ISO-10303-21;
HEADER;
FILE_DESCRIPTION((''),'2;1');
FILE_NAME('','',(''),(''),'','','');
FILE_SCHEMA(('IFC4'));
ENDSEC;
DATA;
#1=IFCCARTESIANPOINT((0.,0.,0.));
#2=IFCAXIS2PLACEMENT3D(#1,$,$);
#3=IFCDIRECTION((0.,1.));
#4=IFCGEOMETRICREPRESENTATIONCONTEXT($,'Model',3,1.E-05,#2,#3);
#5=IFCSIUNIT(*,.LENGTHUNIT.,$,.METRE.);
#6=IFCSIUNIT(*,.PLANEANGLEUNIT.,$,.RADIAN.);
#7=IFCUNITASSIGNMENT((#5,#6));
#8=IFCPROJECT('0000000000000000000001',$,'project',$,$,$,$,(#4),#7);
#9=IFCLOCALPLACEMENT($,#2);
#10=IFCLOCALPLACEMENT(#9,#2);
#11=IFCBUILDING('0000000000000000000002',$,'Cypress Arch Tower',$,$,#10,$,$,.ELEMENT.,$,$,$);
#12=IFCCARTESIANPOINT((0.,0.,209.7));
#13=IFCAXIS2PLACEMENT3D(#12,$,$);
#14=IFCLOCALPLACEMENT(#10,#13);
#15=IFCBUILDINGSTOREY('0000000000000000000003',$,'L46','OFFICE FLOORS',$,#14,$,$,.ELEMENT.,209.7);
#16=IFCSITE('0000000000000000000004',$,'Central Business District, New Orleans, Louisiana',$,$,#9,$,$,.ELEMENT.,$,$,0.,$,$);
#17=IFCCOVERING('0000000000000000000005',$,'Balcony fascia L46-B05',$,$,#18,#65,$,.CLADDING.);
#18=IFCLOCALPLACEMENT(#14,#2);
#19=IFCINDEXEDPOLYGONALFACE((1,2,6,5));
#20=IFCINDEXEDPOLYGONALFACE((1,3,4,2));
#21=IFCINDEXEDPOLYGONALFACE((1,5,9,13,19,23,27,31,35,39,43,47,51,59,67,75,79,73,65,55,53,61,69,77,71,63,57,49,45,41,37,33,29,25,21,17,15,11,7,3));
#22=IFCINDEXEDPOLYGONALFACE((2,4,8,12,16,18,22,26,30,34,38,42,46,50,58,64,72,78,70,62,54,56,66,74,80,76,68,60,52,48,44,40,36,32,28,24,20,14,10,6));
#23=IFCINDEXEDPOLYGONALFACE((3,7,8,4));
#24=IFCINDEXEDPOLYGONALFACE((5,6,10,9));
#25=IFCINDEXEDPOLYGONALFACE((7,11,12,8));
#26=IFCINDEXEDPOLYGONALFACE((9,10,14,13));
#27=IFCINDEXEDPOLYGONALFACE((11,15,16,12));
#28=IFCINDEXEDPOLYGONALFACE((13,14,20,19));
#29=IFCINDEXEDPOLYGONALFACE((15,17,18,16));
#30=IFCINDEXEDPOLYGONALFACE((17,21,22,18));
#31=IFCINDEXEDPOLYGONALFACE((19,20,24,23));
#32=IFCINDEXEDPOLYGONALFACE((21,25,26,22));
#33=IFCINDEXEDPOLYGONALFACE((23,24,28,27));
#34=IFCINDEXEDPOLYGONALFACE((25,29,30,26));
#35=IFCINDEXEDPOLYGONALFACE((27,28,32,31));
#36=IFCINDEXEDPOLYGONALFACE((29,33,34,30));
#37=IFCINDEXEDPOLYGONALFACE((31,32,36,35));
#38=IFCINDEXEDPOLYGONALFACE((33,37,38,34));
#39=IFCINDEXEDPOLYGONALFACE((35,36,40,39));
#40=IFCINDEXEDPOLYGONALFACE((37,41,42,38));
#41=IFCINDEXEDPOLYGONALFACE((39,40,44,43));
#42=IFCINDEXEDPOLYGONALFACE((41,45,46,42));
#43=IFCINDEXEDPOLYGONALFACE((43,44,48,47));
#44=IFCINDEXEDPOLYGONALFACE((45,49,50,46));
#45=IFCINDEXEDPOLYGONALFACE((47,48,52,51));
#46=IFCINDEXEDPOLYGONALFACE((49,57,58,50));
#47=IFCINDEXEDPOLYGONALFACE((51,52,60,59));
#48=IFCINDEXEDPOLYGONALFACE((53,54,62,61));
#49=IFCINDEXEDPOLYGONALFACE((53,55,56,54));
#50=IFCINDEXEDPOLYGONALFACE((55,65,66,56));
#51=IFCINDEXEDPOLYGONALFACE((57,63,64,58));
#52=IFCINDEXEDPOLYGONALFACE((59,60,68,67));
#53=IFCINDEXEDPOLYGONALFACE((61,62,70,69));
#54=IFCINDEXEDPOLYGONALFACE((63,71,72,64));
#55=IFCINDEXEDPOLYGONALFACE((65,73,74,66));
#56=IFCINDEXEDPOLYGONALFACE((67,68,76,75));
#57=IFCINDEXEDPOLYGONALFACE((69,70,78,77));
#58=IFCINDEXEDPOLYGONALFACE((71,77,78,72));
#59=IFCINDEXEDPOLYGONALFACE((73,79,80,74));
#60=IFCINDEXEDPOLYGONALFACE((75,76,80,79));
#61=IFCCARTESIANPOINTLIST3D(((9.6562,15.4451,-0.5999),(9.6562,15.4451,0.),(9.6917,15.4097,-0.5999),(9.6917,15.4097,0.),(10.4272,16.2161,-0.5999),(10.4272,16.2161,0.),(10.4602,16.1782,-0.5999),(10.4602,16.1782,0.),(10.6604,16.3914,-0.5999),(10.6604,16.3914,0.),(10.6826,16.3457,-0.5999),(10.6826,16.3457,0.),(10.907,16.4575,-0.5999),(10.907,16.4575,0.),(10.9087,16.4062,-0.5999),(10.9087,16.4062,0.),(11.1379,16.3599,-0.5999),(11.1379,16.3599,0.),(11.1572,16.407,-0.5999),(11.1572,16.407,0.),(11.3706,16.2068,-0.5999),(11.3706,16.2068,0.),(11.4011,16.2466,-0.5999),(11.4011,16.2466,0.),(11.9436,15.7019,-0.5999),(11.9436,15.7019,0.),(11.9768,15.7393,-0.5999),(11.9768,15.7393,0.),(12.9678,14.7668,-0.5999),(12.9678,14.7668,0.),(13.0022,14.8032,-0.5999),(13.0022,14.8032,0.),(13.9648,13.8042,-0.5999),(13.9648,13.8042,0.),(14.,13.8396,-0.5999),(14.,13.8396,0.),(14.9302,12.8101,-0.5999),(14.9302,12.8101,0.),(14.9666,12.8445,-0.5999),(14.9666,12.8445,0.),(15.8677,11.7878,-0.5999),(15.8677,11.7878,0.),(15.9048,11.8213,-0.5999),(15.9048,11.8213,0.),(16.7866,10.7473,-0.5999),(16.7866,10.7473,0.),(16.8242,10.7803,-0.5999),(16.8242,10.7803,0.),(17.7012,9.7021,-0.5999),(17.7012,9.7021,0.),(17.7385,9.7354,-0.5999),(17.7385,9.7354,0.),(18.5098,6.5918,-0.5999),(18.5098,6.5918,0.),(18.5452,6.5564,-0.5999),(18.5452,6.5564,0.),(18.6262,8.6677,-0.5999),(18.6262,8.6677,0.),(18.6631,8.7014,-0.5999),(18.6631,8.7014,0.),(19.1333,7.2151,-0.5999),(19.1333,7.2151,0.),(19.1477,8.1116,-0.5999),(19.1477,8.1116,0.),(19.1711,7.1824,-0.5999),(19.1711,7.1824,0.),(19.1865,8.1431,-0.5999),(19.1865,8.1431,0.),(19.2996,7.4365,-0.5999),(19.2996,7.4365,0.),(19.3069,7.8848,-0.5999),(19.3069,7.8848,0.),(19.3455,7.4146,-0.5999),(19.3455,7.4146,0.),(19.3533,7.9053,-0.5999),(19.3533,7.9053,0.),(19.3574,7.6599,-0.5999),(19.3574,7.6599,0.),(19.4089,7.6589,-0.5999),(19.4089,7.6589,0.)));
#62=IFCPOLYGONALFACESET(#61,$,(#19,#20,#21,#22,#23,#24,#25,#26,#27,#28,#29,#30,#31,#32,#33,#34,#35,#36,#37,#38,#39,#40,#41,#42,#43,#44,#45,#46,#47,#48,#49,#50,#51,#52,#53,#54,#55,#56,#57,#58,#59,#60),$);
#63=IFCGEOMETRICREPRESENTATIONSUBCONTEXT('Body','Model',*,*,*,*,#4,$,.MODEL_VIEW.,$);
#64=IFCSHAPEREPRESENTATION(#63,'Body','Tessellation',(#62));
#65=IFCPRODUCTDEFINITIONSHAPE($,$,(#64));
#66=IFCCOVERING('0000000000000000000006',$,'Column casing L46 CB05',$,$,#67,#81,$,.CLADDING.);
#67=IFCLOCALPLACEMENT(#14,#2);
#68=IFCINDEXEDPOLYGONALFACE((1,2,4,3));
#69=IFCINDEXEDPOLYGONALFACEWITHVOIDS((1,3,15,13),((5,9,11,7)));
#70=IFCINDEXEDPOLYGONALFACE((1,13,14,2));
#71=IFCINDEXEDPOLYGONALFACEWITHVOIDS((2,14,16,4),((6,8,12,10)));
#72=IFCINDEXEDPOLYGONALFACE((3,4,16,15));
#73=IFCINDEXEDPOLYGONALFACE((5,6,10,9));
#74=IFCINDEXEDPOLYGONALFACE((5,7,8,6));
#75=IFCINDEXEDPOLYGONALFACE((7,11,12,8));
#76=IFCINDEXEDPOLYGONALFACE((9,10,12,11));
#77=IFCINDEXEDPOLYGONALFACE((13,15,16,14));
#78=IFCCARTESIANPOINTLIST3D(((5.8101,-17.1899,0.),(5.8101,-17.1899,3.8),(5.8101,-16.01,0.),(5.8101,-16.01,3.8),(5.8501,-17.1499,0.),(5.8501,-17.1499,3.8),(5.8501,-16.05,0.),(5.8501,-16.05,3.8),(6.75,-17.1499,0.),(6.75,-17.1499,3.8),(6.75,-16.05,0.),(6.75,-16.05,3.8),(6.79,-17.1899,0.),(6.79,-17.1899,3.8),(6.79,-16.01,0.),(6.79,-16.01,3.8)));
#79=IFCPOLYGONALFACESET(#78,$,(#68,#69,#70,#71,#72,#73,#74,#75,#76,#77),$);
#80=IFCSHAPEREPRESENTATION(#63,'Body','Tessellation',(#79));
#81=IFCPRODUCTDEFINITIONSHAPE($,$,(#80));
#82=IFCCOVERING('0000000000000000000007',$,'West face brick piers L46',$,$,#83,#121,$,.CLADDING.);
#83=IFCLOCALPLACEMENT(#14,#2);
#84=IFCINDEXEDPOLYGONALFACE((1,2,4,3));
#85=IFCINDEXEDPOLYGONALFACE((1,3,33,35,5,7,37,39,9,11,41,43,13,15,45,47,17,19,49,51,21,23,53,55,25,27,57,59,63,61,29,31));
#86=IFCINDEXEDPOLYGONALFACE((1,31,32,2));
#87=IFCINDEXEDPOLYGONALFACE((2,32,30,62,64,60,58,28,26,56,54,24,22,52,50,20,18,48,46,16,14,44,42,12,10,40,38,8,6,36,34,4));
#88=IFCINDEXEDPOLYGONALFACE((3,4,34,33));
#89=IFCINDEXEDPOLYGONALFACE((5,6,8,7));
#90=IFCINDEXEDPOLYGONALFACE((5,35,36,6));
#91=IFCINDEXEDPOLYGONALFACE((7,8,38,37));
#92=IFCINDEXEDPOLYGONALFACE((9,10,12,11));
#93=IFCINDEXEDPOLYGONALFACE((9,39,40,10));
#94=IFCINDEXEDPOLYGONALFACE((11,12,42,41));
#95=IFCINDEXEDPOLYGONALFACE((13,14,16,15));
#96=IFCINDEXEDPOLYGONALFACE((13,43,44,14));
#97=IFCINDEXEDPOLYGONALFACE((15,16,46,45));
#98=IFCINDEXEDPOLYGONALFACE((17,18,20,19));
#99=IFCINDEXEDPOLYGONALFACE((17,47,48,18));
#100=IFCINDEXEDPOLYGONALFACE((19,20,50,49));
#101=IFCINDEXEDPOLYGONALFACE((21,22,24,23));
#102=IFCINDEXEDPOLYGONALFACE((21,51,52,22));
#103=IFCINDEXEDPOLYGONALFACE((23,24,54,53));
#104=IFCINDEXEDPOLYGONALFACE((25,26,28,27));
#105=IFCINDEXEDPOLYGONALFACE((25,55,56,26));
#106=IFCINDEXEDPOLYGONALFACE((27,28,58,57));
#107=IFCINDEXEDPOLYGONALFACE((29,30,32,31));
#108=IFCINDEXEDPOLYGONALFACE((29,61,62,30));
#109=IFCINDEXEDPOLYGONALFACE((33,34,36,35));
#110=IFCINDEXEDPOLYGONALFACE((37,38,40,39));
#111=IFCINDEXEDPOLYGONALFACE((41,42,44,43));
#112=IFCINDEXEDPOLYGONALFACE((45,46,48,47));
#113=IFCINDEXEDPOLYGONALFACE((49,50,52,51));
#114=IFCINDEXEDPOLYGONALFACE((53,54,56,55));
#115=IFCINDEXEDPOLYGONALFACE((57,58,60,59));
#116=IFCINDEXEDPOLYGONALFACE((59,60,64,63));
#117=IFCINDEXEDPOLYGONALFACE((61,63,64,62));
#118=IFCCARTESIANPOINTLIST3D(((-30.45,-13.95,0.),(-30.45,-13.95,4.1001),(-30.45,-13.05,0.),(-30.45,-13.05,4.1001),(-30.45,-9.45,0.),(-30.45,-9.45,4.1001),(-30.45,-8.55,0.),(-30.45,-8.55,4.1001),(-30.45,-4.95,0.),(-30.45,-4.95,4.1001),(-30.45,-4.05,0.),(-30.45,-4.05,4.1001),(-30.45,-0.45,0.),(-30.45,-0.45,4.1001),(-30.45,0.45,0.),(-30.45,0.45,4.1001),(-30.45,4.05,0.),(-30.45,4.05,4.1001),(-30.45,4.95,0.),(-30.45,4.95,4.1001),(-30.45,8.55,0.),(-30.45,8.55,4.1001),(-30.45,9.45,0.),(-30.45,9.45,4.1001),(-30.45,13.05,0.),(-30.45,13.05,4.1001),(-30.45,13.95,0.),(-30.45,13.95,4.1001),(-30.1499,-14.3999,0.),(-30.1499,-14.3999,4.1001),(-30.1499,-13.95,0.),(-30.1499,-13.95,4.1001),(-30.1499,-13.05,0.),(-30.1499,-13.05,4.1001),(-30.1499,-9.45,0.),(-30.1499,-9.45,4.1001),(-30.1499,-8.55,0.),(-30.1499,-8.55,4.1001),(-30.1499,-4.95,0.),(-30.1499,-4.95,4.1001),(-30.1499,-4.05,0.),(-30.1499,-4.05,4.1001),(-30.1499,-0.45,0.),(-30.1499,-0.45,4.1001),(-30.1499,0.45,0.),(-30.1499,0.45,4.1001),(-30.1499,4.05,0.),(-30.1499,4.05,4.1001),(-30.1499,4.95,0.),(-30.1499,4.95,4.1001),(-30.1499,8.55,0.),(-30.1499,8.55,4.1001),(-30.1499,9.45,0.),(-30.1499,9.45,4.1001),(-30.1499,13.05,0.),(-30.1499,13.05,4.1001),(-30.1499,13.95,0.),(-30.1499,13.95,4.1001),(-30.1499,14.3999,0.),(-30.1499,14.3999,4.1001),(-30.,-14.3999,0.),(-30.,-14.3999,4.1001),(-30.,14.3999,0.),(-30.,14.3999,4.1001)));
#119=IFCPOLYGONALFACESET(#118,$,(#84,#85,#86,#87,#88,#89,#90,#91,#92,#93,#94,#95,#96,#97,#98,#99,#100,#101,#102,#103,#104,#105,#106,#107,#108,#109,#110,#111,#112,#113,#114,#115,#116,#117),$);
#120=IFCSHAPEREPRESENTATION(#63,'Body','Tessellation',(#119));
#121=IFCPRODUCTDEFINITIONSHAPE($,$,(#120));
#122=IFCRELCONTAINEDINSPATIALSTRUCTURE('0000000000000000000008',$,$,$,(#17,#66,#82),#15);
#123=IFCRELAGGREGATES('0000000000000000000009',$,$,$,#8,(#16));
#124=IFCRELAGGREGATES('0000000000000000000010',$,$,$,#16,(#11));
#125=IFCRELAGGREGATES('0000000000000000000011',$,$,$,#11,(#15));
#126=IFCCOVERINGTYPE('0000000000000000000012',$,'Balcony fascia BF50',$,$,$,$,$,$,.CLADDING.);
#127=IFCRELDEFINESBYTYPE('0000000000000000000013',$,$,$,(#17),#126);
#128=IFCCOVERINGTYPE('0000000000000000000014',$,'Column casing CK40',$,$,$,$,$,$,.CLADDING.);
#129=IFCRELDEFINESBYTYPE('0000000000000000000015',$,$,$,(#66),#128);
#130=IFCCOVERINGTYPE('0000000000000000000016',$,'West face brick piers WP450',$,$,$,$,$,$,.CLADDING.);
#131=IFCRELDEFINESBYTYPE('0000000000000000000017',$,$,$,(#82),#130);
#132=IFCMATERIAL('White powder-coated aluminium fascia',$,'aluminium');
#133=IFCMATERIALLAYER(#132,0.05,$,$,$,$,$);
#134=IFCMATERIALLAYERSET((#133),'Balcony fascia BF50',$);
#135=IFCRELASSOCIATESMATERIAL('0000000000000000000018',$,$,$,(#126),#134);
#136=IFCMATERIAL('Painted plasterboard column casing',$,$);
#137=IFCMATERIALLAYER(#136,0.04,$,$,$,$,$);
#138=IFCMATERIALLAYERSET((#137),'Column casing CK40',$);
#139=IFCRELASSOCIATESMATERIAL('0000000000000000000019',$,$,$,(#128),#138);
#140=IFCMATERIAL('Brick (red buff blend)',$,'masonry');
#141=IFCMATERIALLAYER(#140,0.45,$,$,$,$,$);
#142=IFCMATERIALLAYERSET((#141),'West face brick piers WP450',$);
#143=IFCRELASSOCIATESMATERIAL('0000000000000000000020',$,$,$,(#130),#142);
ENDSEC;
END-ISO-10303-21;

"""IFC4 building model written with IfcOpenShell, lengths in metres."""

from ifc_helpers import new_model, si_unit, direction, frame, origin, place, context, subcontext, project, spatial, polyline, outline, extrude, material, layer, layer_set, type_object, element, save


model = new_model("IFC4")

# Units and contexts
model_context = context("Model", 3, precision=1e-05, world=origin(), true_north=direction((0.0, 1.0)))
body_context = subcontext(model_context, "Body", "Model", "MODEL_VIEW")
ifc_project = project(units=[si_unit("LENGTHUNIT", "METRE"), si_unit("PLANEANGLEUNIT", "RADIAN")], contexts=[model_context])

# Site, building, storey
site_placement = place(None, origin())
site = spatial("IfcSite", under=ifc_project, at=site_placement, Name="Central Business District, New Orleans, Louisiana", CompositionType="ELEMENT", RefElevation=0.0)
building_placement = place(site_placement, origin())
building = spatial("IfcBuilding", under=site, at=building_placement, Name="Cypress Arch Tower", CompositionType="ELEMENT")
storey_placement = place(building_placement, frame((0.0, 0.0, 209.7)))
storey = spatial("IfcBuildingStorey", under=building, at=storey_placement, Name="L46", Description="OFFICE FLOORS", CompositionType="ELEMENT", Elevation=209.7)

# Coverings
ifc_material_1 = material(Name="White powder-coated aluminium fascia", Category="aluminium")
ifc_layer_1 = layer(ifc_material_1, 0.05)
ifc_layer_set_1 = layer_set([ifc_layer_1], Name="Balcony fascia BF50")
covering_type_1 = type_object("IfcCoveringType", Name="Balcony fascia BF50", PredefinedType="CLADDING", material=ifc_layer_set_1)
covering_1_placement = place(storey_placement, frame((0.0, 0.0, -0.5999)))
element("IfcCovering", 1, at=covering_1_placement, inside=storey, type_object=covering_type_1, Name="Balcony fascia L46-B05", PredefinedType="CLADDING", context=body_context, shape_type="SweptSolid", body=[
    extrude(outline(polyline([(10.4272, 16.2161), (10.6604, 16.3914), (10.907, 16.4575), (11.1572, 16.407), (11.4011, 16.2466), (11.9768, 15.7393), (13.0022, 14.8032), (14.0, 13.8396), (14.9666, 12.8445), (15.9048, 11.8213), (16.8242, 10.7803), (17.7385, 9.7354), (18.6631, 8.7014), (19.1865, 8.1431), (19.3533, 7.9053), (19.4089, 7.6589), (19.3455, 7.4146), (19.1711, 7.1824), (18.5452, 6.5564), (18.5098, 6.5918), (19.1333, 7.2151), (19.2996, 7.4365), (19.3574, 7.6599), (19.3069, 7.8848), (19.1477, 8.1116), (18.6262, 8.6677), (17.7012, 9.7021), (16.7866, 10.7473), (15.8677, 11.7878), (14.9302, 12.8101), (13.9648, 13.8042), (12.9678, 14.7668), (11.9436, 15.7019), (11.3706, 16.2068), (11.1379, 16.3599), (10.9087, 16.4062), (10.6826, 16.3457), (10.4602, 16.1782), (9.6917, 15.4097), (9.6562, 15.4451), (10.4272, 16.2161)])), origin(), (0.0, 0.0, 1.0), 0.5999),
])
ifc_material_2 = material(Name="Painted plasterboard column casing")
ifc_layer_2 = layer(ifc_material_2, 0.04)
ifc_layer_set_2 = layer_set([ifc_layer_2], Name="Column casing CK40")
covering_type_2 = type_object("IfcCoveringType", Name="Column casing CK40", PredefinedType="CLADDING", material=ifc_layer_set_2)
covering_2_placement = place(storey_placement, origin())
element("IfcCovering", 2, at=covering_2_placement, inside=storey, type_object=covering_type_2, Name="Column casing L46 CB05", PredefinedType="CLADDING", context=body_context, shape_type="SweptSolid", body=[
    extrude(outline(polyline([(5.8101, -17.1899), (5.8101, -16.01), (6.79, -16.01), (6.79, -17.1899), (5.8101, -17.1899)]), holes=[polyline([(5.8501, -17.1499), (6.75, -17.1499), (6.75, -16.05), (5.8501, -16.05), (5.8501, -17.1499)])]), origin(), (0.0, 0.0, 1.0), 3.8),
])
ifc_material_3 = material(Name="Brick (red buff blend)", Category="masonry")
ifc_layer_3 = layer(ifc_material_3, 0.45)
ifc_layer_set_3 = layer_set([ifc_layer_3], Name="West face brick piers WP450")
covering_type_3 = type_object("IfcCoveringType", Name="West face brick piers WP450", PredefinedType="CLADDING", material=ifc_layer_set_3)
covering_3_placement = place(storey_placement, origin())
element("IfcCovering", 3, at=covering_3_placement, inside=storey, type_object=covering_type_3, Name="West face brick piers L46", PredefinedType="CLADDING", context=body_context, shape_type="SweptSolid", body=[
    extrude(outline(polyline([(-30.1499, -13.05), (-30.1499, -9.45), (-30.45, -9.45), (-30.45, -8.55), (-30.1499, -8.55), (-30.1499, -4.95), (-30.45, -4.95), (-30.45, -4.05), (-30.1499, -4.05), (-30.1499, -0.45), (-30.45, -0.45), (-30.45, 0.45), (-30.1499, 0.45), (-30.1499, 4.05), (-30.45, 4.05), (-30.45, 4.95), (-30.1499, 4.95), (-30.1499, 8.55), (-30.45, 8.55), (-30.45, 9.45), (-30.1499, 9.45), (-30.1499, 13.05), (-30.45, 13.05), (-30.45, 13.95), (-30.1499, 13.95), (-30.1499, 14.3999), (-30.0, 14.3999), (-30.0, -14.3999), (-30.1499, -14.3999), (-30.1499, -13.95), (-30.45, -13.95), (-30.45, -13.05), (-30.1499, -13.05)])), origin(), (0.0, 0.0, 1.0), 4.1001),
])

save(model, "model.ifc")
